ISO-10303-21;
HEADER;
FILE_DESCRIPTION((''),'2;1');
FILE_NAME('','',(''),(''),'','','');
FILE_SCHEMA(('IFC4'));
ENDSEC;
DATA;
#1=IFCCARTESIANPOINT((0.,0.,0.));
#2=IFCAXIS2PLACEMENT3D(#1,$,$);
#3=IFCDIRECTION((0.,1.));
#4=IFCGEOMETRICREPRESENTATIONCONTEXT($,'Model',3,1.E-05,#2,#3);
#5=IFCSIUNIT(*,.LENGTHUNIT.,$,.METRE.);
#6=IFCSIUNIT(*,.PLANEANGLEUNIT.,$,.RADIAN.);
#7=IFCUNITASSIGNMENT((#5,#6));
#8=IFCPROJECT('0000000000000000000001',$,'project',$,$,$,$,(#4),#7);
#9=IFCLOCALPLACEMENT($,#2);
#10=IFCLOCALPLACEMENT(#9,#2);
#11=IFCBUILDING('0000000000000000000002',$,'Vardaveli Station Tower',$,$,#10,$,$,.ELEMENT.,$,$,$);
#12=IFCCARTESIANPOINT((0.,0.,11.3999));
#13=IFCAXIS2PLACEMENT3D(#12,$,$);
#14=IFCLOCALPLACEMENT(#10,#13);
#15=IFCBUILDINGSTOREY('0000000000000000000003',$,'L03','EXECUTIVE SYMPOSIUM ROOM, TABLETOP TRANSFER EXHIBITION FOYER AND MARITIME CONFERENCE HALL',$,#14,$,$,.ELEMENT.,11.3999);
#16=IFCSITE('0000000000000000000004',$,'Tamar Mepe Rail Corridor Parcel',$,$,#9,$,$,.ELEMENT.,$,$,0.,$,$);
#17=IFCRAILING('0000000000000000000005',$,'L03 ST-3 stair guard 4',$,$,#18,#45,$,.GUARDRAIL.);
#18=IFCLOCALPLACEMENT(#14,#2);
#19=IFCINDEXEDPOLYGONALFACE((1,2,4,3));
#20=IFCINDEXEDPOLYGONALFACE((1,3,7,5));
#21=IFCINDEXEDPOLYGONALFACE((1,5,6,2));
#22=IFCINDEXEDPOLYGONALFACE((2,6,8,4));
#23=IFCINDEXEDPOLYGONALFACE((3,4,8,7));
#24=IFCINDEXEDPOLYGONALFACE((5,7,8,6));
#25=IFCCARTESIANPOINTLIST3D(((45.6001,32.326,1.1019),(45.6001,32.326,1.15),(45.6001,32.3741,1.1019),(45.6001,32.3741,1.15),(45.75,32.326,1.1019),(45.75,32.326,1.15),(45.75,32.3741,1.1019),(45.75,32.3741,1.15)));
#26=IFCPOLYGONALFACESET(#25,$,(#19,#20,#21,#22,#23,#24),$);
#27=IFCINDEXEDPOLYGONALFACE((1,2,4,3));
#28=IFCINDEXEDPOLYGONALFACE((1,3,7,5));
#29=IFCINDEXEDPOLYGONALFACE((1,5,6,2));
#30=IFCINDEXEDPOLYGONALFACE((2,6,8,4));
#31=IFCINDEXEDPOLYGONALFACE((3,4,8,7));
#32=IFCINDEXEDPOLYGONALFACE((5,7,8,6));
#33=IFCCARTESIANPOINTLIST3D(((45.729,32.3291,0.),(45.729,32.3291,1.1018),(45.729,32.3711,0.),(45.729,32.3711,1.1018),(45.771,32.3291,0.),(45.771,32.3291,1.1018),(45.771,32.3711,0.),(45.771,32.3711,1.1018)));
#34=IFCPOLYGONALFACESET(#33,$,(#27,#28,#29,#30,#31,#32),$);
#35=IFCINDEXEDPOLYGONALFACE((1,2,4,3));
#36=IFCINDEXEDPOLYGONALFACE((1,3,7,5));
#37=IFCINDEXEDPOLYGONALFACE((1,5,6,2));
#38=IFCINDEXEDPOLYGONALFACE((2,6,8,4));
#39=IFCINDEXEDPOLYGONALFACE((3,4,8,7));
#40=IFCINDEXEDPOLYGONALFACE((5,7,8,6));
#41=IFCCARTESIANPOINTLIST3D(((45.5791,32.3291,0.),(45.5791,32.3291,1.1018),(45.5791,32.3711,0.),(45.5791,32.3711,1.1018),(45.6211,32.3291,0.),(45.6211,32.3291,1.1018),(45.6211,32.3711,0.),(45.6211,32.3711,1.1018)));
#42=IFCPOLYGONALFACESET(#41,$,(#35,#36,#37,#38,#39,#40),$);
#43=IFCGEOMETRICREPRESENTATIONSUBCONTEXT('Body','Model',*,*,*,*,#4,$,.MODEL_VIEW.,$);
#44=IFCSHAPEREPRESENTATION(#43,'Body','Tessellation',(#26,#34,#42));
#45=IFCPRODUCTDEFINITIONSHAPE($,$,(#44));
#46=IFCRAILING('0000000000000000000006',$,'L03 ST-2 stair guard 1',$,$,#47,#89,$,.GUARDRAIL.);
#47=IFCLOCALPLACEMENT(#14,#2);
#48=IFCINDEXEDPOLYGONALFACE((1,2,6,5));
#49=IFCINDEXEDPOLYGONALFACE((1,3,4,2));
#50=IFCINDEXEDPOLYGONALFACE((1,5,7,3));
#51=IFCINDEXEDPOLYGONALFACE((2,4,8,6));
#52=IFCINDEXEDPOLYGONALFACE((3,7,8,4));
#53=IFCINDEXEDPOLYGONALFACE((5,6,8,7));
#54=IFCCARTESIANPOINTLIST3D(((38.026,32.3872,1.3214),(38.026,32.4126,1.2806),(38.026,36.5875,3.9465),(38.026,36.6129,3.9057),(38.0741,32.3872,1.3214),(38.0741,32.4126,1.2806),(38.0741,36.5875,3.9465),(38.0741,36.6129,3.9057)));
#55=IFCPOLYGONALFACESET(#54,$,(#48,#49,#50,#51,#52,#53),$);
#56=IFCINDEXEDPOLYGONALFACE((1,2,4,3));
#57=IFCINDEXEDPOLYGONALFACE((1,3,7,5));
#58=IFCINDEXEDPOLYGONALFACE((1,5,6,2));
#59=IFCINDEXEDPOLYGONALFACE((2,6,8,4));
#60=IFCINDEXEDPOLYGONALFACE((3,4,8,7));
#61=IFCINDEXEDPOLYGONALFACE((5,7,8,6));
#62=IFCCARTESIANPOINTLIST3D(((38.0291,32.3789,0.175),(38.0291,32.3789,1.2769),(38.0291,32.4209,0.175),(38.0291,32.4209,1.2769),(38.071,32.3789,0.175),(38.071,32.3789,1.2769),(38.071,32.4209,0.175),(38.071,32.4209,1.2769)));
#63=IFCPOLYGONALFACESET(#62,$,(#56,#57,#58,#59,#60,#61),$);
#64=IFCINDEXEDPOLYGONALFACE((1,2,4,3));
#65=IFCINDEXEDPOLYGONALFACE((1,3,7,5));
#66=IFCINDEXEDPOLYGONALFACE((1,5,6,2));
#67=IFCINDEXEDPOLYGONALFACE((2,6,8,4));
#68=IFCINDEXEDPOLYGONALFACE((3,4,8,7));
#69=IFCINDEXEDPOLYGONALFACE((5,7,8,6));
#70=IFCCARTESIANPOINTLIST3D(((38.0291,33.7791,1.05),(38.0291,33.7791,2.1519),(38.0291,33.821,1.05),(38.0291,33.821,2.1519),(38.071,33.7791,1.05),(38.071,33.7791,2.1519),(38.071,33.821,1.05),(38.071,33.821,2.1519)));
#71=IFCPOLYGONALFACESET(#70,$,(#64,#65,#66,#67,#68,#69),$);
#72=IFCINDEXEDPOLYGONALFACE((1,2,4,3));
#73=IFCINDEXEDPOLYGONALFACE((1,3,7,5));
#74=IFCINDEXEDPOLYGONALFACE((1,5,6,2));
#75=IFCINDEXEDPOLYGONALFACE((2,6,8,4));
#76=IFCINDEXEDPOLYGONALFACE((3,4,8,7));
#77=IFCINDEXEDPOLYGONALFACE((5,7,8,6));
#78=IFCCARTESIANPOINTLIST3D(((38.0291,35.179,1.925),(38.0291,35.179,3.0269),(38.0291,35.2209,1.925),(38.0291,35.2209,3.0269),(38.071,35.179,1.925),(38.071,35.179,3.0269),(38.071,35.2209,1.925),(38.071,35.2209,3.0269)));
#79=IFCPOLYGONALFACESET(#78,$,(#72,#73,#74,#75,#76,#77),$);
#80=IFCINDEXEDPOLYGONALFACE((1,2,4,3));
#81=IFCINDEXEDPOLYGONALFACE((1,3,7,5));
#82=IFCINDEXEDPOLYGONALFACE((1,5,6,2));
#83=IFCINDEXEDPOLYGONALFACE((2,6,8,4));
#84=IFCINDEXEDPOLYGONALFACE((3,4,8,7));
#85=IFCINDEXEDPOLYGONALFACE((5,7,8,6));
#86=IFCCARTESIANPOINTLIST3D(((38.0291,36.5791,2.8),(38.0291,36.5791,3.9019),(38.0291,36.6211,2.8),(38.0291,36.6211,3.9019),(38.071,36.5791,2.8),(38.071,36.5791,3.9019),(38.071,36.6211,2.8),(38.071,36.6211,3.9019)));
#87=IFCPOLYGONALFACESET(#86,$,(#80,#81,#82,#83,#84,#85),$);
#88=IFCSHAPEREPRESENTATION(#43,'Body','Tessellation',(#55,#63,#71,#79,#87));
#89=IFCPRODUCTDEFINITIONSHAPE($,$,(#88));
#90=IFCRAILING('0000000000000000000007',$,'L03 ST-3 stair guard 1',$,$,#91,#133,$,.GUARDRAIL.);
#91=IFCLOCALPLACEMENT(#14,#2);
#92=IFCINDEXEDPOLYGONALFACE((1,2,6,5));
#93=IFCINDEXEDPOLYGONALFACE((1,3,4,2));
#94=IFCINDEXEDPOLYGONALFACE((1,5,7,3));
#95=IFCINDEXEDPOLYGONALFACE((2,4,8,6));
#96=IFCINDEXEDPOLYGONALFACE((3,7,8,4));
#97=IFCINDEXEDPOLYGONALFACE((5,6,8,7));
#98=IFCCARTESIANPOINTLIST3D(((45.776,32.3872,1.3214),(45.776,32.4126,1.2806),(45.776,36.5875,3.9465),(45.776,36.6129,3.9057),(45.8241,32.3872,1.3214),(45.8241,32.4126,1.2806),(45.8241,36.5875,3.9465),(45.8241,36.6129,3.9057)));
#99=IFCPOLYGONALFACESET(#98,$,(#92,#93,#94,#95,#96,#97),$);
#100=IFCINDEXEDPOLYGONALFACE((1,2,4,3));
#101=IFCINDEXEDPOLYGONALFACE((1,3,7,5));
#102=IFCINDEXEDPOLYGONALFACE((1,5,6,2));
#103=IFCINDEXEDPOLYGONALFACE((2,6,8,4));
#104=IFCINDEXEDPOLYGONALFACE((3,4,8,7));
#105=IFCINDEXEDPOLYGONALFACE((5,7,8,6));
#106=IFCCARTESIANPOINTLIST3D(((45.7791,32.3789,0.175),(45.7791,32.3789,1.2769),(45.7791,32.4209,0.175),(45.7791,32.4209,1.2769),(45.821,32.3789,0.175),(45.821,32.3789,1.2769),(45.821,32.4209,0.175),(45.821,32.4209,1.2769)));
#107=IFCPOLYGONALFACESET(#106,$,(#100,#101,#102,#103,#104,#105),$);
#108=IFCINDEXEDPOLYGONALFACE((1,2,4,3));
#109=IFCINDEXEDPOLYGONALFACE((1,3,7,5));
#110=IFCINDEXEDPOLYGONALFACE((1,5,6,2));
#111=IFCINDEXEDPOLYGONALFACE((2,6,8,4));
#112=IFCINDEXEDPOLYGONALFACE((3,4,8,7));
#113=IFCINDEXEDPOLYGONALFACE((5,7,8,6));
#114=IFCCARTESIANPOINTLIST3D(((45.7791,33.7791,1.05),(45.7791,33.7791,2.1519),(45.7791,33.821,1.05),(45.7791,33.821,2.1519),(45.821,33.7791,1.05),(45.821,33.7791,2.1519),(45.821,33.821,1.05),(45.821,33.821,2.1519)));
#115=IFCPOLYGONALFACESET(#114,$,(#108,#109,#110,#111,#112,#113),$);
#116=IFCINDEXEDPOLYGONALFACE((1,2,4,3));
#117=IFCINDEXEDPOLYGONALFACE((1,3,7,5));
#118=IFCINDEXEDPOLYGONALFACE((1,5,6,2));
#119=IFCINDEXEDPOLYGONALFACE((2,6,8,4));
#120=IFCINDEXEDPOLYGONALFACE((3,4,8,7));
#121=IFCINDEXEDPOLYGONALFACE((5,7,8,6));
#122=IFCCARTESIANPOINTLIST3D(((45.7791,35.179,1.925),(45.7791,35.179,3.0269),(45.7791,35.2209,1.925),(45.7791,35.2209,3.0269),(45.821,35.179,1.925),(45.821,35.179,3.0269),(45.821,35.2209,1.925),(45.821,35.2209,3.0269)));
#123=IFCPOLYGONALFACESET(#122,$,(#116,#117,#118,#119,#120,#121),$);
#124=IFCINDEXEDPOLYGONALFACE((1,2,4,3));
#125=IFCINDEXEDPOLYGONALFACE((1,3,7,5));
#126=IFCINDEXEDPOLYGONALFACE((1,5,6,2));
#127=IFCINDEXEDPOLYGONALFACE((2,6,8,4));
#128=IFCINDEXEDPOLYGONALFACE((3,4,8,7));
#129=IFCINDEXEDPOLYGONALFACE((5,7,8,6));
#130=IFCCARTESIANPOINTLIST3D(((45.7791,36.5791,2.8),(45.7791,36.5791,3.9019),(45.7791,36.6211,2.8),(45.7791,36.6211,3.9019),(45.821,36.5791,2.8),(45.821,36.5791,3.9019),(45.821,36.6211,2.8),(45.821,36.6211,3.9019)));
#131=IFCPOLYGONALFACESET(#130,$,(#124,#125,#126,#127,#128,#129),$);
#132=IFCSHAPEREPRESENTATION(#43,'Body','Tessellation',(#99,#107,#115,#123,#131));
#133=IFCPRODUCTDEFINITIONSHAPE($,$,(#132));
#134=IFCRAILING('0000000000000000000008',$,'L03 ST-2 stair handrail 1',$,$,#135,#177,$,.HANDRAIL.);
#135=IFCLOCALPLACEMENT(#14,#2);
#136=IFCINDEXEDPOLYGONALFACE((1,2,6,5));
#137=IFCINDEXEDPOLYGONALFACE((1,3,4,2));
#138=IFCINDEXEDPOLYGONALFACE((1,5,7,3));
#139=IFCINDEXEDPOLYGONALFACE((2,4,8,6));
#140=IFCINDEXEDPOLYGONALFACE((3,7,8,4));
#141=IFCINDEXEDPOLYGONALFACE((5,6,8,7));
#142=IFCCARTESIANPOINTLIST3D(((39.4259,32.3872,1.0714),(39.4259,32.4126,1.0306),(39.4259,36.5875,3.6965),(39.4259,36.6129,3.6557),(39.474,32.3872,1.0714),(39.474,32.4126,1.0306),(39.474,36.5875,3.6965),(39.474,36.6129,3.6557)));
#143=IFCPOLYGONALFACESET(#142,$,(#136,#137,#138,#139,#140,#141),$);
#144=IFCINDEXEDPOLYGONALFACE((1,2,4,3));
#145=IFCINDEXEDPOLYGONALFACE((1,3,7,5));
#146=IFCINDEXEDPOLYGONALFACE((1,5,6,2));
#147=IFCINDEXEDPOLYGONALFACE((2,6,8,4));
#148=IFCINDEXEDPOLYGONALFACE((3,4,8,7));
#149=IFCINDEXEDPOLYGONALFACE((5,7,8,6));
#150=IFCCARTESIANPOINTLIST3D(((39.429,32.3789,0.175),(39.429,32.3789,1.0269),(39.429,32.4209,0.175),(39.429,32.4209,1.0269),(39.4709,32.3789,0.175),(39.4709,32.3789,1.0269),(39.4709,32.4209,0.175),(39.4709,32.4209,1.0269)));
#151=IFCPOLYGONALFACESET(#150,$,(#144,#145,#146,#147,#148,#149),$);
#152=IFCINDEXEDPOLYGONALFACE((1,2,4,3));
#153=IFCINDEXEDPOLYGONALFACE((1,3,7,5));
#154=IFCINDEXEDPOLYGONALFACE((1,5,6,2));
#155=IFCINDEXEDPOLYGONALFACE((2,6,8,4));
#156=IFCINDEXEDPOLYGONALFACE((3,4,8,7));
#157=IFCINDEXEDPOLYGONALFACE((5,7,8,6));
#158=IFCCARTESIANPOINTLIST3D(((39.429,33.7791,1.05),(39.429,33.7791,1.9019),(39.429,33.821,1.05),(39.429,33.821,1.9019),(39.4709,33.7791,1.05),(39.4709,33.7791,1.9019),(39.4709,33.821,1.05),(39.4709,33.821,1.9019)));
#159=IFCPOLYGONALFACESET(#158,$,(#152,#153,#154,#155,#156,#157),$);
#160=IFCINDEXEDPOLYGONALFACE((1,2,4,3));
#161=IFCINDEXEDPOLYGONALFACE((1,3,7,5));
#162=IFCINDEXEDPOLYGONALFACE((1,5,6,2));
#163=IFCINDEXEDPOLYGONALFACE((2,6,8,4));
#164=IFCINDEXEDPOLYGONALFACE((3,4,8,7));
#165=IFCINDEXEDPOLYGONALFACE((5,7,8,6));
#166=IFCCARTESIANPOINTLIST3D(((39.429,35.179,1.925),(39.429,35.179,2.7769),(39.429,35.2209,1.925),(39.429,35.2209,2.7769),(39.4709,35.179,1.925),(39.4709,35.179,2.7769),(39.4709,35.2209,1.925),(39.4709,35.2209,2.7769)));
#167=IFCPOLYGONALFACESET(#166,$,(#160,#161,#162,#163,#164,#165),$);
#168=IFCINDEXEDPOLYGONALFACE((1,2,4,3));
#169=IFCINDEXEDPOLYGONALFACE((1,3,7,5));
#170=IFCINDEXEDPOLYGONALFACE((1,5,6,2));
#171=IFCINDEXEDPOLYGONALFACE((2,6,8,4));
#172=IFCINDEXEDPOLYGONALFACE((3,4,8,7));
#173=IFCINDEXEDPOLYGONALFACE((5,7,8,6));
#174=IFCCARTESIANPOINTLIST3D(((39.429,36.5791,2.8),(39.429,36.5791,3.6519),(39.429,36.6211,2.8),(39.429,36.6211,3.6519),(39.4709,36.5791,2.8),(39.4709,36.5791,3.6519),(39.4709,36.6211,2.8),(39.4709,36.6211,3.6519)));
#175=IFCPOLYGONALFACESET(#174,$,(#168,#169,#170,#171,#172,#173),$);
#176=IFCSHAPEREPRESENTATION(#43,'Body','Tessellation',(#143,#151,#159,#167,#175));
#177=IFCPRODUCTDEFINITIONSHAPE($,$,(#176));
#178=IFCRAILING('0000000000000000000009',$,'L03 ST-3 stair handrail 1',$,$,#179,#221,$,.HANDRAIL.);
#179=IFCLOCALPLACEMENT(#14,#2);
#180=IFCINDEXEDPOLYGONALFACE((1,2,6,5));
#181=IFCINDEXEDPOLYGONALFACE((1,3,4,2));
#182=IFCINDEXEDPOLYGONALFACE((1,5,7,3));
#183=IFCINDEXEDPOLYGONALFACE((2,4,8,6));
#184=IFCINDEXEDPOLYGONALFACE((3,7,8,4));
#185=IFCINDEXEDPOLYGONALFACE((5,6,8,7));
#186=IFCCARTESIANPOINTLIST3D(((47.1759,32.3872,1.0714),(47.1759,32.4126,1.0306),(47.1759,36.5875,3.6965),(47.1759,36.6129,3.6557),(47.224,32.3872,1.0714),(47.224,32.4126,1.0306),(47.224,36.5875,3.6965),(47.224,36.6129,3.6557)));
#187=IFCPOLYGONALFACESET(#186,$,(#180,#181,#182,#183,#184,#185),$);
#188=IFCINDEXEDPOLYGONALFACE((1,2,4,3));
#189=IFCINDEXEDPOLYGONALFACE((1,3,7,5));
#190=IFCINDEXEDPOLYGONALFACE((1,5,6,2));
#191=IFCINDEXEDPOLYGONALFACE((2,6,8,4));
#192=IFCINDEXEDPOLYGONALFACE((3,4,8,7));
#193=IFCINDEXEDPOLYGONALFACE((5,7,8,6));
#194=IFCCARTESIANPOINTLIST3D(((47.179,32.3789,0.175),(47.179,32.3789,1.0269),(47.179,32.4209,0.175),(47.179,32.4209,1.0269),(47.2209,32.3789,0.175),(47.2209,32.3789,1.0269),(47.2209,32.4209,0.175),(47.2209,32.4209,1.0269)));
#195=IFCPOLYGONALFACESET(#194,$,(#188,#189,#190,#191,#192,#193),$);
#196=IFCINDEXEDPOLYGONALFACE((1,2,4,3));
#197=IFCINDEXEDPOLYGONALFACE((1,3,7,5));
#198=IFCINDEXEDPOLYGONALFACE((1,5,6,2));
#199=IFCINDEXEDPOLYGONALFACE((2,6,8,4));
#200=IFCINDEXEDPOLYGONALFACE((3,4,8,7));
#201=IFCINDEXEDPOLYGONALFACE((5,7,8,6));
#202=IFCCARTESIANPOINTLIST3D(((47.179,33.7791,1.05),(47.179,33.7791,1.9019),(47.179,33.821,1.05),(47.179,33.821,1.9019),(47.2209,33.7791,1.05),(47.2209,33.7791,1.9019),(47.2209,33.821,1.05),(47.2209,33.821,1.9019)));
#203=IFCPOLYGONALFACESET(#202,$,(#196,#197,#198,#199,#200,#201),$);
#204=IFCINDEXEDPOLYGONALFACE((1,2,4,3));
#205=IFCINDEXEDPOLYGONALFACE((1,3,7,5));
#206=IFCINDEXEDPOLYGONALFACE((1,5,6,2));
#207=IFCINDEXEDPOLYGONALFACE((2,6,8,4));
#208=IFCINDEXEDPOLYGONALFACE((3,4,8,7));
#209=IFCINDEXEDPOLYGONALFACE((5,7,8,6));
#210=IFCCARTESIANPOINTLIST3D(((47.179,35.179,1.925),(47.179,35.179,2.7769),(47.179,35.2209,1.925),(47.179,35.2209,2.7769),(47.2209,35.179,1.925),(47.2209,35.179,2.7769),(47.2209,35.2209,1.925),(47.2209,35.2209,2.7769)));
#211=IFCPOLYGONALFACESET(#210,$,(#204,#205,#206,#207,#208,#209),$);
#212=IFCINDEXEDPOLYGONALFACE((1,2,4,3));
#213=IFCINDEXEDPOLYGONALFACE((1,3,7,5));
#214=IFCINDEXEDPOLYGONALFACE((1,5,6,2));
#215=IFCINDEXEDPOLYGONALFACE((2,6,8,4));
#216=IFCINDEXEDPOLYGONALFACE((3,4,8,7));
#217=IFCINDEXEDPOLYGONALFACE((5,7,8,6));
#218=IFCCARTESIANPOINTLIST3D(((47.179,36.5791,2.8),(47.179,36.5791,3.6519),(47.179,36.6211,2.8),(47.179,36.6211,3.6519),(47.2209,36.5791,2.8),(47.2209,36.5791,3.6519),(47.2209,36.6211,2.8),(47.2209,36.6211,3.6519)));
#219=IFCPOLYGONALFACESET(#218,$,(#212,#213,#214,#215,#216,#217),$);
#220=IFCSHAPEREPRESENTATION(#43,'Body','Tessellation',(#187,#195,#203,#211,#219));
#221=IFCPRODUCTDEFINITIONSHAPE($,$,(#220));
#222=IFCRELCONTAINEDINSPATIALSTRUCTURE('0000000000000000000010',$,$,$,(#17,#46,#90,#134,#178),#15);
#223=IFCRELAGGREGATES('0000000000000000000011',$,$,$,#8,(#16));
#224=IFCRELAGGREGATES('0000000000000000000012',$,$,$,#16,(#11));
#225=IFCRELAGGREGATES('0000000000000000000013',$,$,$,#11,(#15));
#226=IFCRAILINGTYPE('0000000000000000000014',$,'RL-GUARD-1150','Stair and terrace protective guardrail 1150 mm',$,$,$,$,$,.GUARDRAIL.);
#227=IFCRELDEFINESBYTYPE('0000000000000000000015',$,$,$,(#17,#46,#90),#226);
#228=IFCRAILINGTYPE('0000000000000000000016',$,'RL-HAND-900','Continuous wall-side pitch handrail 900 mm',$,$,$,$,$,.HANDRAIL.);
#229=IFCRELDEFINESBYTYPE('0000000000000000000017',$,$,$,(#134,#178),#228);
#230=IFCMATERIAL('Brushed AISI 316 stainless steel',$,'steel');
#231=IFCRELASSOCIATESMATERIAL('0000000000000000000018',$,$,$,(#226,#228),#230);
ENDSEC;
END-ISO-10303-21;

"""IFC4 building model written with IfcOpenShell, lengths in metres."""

from ifc_helpers import new_model, si_unit, direction, frame, origin, origin_2d, place, context, subcontext, project, spatial, rectangle, extrude, source, transform, mapped, material, type_object, element, save


model = new_model("IFC4")

# Units and contexts
model_context = context("Model", 3, precision=1e-05, world=origin(), true_north=direction((0.0, 1.0)))
body_context = subcontext(model_context, "Body", "Model", "MODEL_VIEW")
ifc_project = project(units=[si_unit("LENGTHUNIT", "METRE"), si_unit("PLANEANGLEUNIT", "RADIAN")], contexts=[model_context])

# Site, building, storey
site_placement = place(None, origin())
site = spatial("IfcSite", under=ifc_project, at=site_placement, Name="Tamar Mepe Rail Corridor Parcel", CompositionType="ELEMENT", RefElevation=0.0)
building_placement = place(site_placement, origin())
building = spatial("IfcBuilding", under=site, at=building_placement, Name="Vardaveli Station Tower", CompositionType="ELEMENT")
storey_placement = place(building_placement, frame((0.0, 0.0, 11.3999)))
storey = spatial("IfcBuildingStorey", under=building, at=storey_placement, Name="L03", Description="EXECUTIVE SYMPOSIUM ROOM, TABLETOP TRANSFER EXHIBITION FOYER AND MARITIME CONFERENCE HALL", CompositionType="ELEMENT", Elevation=11.3999)

# Railings
ifc_material_1 = material(Name="Brushed AISI 316 stainless steel", Category="steel")
railing_type_1 = type_object("IfcRailingType", Name="RL-GUARD-1150", Description="Stair and terrace protective guardrail 1150 mm", PredefinedType="GUARDRAIL", material=ifc_material_1)
shared_shape_1 = source(origin(), body_context, "Body", "SweptSolid", [
    extrude(rectangle(XDim=0.0481, YDim=0.0481, at=origin_2d()), frame((0.0, 0.0, 1.126), z_axis=(-1.0, 0.0, 0.0), x_axis=(0.0, -1.0, 0.0)), (0.0, 0.0, 1.0), 0.1499),
    extrude(rectangle(XDim=0.042, YDim=0.042, at=origin_2d()), origin(), (0.0, 0.0, 1.0), 1.1018),
    extrude(rectangle(XDim=0.042, YDim=0.042, at=origin_2d()), frame((-0.1499, 0.0, 0.0)), (0.0, 0.0, 1.0), 1.1018),
])
for number, where, name in (
    (1, (45.75, 32.3501, 0.0), "L03 ST-3 stair guard 4"),
):
    element("IfcRailing", number, at=place(storey_placement, frame(where)), inside=storey, type_object=railing_type_1, Name=name, PredefinedType="GUARDRAIL", context=body_context, shape_type="MappedRepresentation", body=[
        mapped(shared_shape_1, transform((0.0, 0.0, 0.0), scale=1.0)),
    ])
shared_shape_2 = source(origin(), body_context, "Body", "SweptSolid", [
    extrude(rectangle(XDim=0.0481, YDim=0.0481, at=origin_2d()), frame((0.0, 0.0, 1.126), z_axis=(0.0, 0.848009, 0.529981), x_axis=(-1.0, 0.0, 0.0)), (0.0, 0.0, 1.0), 4.9531),
    extrude(rectangle(XDim=0.042, YDim=0.042, at=origin_2d()), origin(), (0.0, 0.0, 1.0), 1.1018),
    extrude(rectangle(XDim=0.042, YDim=0.042, at=origin_2d()), frame((0.0, 1.4001, 0.875)), (0.0, 0.0, 1.0), 1.1018),
    extrude(rectangle(XDim=0.042, YDim=0.042, at=origin_2d()), frame((0.0, 2.8, 1.75)), (0.0, 0.0, 1.0), 1.1018),
    extrude(rectangle(XDim=0.042, YDim=0.042, at=origin_2d()), frame((0.0, 4.2002, 2.625)), (0.0, 0.0, 1.0), 1.1018),
])
for number, where, name in (
    (2, (38.05, 32.3999, 0.175), "L03 ST-2 stair guard 1"),
    (3, (45.8, 32.3999, 0.175), "L03 ST-3 stair guard 1"),
):
    element("IfcRailing", number, at=place(storey_placement, frame(where)), inside=storey, type_object=railing_type_1, Name=name, PredefinedType="GUARDRAIL", context=body_context, shape_type="MappedRepresentation", body=[
        mapped(shared_shape_2, transform((0.0, 0.0, 0.0), scale=1.0)),
    ])
railing_type_2 = type_object("IfcRailingType", Name="RL-HAND-900", Description="Continuous wall-side pitch handrail 900 mm", PredefinedType="HANDRAIL", material=ifc_material_1)
shared_shape_3 = source(origin(), body_context, "Body", "SweptSolid", [
    extrude(rectangle(XDim=0.0481, YDim=0.0481, at=origin_2d()), frame((0.0, 0.0, 0.876), z_axis=(0.0, 0.848009, 0.529981), x_axis=(-1.0, 0.0, 0.0)), (0.0, 0.0, 1.0), 4.9531),
    extrude(rectangle(XDim=0.042, YDim=0.042, at=origin_2d()), origin(), (0.0, 0.0, 1.0), 0.8518),
    extrude(rectangle(XDim=0.042, YDim=0.042, at=origin_2d()), frame((0.0, 1.4001, 0.875)), (0.0, 0.0, 1.0), 0.8518),
    extrude(rectangle(XDim=0.042, YDim=0.042, at=origin_2d()), frame((0.0, 2.8, 1.75)), (0.0, 0.0, 1.0), 0.8518),
    extrude(rectangle(XDim=0.042, YDim=0.042, at=origin_2d()), frame((0.0, 4.2002, 2.625)), (0.0, 0.0, 1.0), 0.8518),
])
for number, where, name in (
    (4, (39.45, 32.3999, 0.175), "L03 ST-2 stair handrail 1"),
    (5, (47.2, 32.3999, 0.175), "L03 ST-3 stair handrail 1"),
):
    element("IfcRailing", number, at=place(storey_placement, frame(where)), inside=storey, type_object=railing_type_2, Name=name, PredefinedType="HANDRAIL", context=body_context, shape_type="MappedRepresentation", body=[
        mapped(shared_shape_3, transform((0.0, 0.0, 0.0), scale=1.0)),
    ])

save(model, "model.ifc")
